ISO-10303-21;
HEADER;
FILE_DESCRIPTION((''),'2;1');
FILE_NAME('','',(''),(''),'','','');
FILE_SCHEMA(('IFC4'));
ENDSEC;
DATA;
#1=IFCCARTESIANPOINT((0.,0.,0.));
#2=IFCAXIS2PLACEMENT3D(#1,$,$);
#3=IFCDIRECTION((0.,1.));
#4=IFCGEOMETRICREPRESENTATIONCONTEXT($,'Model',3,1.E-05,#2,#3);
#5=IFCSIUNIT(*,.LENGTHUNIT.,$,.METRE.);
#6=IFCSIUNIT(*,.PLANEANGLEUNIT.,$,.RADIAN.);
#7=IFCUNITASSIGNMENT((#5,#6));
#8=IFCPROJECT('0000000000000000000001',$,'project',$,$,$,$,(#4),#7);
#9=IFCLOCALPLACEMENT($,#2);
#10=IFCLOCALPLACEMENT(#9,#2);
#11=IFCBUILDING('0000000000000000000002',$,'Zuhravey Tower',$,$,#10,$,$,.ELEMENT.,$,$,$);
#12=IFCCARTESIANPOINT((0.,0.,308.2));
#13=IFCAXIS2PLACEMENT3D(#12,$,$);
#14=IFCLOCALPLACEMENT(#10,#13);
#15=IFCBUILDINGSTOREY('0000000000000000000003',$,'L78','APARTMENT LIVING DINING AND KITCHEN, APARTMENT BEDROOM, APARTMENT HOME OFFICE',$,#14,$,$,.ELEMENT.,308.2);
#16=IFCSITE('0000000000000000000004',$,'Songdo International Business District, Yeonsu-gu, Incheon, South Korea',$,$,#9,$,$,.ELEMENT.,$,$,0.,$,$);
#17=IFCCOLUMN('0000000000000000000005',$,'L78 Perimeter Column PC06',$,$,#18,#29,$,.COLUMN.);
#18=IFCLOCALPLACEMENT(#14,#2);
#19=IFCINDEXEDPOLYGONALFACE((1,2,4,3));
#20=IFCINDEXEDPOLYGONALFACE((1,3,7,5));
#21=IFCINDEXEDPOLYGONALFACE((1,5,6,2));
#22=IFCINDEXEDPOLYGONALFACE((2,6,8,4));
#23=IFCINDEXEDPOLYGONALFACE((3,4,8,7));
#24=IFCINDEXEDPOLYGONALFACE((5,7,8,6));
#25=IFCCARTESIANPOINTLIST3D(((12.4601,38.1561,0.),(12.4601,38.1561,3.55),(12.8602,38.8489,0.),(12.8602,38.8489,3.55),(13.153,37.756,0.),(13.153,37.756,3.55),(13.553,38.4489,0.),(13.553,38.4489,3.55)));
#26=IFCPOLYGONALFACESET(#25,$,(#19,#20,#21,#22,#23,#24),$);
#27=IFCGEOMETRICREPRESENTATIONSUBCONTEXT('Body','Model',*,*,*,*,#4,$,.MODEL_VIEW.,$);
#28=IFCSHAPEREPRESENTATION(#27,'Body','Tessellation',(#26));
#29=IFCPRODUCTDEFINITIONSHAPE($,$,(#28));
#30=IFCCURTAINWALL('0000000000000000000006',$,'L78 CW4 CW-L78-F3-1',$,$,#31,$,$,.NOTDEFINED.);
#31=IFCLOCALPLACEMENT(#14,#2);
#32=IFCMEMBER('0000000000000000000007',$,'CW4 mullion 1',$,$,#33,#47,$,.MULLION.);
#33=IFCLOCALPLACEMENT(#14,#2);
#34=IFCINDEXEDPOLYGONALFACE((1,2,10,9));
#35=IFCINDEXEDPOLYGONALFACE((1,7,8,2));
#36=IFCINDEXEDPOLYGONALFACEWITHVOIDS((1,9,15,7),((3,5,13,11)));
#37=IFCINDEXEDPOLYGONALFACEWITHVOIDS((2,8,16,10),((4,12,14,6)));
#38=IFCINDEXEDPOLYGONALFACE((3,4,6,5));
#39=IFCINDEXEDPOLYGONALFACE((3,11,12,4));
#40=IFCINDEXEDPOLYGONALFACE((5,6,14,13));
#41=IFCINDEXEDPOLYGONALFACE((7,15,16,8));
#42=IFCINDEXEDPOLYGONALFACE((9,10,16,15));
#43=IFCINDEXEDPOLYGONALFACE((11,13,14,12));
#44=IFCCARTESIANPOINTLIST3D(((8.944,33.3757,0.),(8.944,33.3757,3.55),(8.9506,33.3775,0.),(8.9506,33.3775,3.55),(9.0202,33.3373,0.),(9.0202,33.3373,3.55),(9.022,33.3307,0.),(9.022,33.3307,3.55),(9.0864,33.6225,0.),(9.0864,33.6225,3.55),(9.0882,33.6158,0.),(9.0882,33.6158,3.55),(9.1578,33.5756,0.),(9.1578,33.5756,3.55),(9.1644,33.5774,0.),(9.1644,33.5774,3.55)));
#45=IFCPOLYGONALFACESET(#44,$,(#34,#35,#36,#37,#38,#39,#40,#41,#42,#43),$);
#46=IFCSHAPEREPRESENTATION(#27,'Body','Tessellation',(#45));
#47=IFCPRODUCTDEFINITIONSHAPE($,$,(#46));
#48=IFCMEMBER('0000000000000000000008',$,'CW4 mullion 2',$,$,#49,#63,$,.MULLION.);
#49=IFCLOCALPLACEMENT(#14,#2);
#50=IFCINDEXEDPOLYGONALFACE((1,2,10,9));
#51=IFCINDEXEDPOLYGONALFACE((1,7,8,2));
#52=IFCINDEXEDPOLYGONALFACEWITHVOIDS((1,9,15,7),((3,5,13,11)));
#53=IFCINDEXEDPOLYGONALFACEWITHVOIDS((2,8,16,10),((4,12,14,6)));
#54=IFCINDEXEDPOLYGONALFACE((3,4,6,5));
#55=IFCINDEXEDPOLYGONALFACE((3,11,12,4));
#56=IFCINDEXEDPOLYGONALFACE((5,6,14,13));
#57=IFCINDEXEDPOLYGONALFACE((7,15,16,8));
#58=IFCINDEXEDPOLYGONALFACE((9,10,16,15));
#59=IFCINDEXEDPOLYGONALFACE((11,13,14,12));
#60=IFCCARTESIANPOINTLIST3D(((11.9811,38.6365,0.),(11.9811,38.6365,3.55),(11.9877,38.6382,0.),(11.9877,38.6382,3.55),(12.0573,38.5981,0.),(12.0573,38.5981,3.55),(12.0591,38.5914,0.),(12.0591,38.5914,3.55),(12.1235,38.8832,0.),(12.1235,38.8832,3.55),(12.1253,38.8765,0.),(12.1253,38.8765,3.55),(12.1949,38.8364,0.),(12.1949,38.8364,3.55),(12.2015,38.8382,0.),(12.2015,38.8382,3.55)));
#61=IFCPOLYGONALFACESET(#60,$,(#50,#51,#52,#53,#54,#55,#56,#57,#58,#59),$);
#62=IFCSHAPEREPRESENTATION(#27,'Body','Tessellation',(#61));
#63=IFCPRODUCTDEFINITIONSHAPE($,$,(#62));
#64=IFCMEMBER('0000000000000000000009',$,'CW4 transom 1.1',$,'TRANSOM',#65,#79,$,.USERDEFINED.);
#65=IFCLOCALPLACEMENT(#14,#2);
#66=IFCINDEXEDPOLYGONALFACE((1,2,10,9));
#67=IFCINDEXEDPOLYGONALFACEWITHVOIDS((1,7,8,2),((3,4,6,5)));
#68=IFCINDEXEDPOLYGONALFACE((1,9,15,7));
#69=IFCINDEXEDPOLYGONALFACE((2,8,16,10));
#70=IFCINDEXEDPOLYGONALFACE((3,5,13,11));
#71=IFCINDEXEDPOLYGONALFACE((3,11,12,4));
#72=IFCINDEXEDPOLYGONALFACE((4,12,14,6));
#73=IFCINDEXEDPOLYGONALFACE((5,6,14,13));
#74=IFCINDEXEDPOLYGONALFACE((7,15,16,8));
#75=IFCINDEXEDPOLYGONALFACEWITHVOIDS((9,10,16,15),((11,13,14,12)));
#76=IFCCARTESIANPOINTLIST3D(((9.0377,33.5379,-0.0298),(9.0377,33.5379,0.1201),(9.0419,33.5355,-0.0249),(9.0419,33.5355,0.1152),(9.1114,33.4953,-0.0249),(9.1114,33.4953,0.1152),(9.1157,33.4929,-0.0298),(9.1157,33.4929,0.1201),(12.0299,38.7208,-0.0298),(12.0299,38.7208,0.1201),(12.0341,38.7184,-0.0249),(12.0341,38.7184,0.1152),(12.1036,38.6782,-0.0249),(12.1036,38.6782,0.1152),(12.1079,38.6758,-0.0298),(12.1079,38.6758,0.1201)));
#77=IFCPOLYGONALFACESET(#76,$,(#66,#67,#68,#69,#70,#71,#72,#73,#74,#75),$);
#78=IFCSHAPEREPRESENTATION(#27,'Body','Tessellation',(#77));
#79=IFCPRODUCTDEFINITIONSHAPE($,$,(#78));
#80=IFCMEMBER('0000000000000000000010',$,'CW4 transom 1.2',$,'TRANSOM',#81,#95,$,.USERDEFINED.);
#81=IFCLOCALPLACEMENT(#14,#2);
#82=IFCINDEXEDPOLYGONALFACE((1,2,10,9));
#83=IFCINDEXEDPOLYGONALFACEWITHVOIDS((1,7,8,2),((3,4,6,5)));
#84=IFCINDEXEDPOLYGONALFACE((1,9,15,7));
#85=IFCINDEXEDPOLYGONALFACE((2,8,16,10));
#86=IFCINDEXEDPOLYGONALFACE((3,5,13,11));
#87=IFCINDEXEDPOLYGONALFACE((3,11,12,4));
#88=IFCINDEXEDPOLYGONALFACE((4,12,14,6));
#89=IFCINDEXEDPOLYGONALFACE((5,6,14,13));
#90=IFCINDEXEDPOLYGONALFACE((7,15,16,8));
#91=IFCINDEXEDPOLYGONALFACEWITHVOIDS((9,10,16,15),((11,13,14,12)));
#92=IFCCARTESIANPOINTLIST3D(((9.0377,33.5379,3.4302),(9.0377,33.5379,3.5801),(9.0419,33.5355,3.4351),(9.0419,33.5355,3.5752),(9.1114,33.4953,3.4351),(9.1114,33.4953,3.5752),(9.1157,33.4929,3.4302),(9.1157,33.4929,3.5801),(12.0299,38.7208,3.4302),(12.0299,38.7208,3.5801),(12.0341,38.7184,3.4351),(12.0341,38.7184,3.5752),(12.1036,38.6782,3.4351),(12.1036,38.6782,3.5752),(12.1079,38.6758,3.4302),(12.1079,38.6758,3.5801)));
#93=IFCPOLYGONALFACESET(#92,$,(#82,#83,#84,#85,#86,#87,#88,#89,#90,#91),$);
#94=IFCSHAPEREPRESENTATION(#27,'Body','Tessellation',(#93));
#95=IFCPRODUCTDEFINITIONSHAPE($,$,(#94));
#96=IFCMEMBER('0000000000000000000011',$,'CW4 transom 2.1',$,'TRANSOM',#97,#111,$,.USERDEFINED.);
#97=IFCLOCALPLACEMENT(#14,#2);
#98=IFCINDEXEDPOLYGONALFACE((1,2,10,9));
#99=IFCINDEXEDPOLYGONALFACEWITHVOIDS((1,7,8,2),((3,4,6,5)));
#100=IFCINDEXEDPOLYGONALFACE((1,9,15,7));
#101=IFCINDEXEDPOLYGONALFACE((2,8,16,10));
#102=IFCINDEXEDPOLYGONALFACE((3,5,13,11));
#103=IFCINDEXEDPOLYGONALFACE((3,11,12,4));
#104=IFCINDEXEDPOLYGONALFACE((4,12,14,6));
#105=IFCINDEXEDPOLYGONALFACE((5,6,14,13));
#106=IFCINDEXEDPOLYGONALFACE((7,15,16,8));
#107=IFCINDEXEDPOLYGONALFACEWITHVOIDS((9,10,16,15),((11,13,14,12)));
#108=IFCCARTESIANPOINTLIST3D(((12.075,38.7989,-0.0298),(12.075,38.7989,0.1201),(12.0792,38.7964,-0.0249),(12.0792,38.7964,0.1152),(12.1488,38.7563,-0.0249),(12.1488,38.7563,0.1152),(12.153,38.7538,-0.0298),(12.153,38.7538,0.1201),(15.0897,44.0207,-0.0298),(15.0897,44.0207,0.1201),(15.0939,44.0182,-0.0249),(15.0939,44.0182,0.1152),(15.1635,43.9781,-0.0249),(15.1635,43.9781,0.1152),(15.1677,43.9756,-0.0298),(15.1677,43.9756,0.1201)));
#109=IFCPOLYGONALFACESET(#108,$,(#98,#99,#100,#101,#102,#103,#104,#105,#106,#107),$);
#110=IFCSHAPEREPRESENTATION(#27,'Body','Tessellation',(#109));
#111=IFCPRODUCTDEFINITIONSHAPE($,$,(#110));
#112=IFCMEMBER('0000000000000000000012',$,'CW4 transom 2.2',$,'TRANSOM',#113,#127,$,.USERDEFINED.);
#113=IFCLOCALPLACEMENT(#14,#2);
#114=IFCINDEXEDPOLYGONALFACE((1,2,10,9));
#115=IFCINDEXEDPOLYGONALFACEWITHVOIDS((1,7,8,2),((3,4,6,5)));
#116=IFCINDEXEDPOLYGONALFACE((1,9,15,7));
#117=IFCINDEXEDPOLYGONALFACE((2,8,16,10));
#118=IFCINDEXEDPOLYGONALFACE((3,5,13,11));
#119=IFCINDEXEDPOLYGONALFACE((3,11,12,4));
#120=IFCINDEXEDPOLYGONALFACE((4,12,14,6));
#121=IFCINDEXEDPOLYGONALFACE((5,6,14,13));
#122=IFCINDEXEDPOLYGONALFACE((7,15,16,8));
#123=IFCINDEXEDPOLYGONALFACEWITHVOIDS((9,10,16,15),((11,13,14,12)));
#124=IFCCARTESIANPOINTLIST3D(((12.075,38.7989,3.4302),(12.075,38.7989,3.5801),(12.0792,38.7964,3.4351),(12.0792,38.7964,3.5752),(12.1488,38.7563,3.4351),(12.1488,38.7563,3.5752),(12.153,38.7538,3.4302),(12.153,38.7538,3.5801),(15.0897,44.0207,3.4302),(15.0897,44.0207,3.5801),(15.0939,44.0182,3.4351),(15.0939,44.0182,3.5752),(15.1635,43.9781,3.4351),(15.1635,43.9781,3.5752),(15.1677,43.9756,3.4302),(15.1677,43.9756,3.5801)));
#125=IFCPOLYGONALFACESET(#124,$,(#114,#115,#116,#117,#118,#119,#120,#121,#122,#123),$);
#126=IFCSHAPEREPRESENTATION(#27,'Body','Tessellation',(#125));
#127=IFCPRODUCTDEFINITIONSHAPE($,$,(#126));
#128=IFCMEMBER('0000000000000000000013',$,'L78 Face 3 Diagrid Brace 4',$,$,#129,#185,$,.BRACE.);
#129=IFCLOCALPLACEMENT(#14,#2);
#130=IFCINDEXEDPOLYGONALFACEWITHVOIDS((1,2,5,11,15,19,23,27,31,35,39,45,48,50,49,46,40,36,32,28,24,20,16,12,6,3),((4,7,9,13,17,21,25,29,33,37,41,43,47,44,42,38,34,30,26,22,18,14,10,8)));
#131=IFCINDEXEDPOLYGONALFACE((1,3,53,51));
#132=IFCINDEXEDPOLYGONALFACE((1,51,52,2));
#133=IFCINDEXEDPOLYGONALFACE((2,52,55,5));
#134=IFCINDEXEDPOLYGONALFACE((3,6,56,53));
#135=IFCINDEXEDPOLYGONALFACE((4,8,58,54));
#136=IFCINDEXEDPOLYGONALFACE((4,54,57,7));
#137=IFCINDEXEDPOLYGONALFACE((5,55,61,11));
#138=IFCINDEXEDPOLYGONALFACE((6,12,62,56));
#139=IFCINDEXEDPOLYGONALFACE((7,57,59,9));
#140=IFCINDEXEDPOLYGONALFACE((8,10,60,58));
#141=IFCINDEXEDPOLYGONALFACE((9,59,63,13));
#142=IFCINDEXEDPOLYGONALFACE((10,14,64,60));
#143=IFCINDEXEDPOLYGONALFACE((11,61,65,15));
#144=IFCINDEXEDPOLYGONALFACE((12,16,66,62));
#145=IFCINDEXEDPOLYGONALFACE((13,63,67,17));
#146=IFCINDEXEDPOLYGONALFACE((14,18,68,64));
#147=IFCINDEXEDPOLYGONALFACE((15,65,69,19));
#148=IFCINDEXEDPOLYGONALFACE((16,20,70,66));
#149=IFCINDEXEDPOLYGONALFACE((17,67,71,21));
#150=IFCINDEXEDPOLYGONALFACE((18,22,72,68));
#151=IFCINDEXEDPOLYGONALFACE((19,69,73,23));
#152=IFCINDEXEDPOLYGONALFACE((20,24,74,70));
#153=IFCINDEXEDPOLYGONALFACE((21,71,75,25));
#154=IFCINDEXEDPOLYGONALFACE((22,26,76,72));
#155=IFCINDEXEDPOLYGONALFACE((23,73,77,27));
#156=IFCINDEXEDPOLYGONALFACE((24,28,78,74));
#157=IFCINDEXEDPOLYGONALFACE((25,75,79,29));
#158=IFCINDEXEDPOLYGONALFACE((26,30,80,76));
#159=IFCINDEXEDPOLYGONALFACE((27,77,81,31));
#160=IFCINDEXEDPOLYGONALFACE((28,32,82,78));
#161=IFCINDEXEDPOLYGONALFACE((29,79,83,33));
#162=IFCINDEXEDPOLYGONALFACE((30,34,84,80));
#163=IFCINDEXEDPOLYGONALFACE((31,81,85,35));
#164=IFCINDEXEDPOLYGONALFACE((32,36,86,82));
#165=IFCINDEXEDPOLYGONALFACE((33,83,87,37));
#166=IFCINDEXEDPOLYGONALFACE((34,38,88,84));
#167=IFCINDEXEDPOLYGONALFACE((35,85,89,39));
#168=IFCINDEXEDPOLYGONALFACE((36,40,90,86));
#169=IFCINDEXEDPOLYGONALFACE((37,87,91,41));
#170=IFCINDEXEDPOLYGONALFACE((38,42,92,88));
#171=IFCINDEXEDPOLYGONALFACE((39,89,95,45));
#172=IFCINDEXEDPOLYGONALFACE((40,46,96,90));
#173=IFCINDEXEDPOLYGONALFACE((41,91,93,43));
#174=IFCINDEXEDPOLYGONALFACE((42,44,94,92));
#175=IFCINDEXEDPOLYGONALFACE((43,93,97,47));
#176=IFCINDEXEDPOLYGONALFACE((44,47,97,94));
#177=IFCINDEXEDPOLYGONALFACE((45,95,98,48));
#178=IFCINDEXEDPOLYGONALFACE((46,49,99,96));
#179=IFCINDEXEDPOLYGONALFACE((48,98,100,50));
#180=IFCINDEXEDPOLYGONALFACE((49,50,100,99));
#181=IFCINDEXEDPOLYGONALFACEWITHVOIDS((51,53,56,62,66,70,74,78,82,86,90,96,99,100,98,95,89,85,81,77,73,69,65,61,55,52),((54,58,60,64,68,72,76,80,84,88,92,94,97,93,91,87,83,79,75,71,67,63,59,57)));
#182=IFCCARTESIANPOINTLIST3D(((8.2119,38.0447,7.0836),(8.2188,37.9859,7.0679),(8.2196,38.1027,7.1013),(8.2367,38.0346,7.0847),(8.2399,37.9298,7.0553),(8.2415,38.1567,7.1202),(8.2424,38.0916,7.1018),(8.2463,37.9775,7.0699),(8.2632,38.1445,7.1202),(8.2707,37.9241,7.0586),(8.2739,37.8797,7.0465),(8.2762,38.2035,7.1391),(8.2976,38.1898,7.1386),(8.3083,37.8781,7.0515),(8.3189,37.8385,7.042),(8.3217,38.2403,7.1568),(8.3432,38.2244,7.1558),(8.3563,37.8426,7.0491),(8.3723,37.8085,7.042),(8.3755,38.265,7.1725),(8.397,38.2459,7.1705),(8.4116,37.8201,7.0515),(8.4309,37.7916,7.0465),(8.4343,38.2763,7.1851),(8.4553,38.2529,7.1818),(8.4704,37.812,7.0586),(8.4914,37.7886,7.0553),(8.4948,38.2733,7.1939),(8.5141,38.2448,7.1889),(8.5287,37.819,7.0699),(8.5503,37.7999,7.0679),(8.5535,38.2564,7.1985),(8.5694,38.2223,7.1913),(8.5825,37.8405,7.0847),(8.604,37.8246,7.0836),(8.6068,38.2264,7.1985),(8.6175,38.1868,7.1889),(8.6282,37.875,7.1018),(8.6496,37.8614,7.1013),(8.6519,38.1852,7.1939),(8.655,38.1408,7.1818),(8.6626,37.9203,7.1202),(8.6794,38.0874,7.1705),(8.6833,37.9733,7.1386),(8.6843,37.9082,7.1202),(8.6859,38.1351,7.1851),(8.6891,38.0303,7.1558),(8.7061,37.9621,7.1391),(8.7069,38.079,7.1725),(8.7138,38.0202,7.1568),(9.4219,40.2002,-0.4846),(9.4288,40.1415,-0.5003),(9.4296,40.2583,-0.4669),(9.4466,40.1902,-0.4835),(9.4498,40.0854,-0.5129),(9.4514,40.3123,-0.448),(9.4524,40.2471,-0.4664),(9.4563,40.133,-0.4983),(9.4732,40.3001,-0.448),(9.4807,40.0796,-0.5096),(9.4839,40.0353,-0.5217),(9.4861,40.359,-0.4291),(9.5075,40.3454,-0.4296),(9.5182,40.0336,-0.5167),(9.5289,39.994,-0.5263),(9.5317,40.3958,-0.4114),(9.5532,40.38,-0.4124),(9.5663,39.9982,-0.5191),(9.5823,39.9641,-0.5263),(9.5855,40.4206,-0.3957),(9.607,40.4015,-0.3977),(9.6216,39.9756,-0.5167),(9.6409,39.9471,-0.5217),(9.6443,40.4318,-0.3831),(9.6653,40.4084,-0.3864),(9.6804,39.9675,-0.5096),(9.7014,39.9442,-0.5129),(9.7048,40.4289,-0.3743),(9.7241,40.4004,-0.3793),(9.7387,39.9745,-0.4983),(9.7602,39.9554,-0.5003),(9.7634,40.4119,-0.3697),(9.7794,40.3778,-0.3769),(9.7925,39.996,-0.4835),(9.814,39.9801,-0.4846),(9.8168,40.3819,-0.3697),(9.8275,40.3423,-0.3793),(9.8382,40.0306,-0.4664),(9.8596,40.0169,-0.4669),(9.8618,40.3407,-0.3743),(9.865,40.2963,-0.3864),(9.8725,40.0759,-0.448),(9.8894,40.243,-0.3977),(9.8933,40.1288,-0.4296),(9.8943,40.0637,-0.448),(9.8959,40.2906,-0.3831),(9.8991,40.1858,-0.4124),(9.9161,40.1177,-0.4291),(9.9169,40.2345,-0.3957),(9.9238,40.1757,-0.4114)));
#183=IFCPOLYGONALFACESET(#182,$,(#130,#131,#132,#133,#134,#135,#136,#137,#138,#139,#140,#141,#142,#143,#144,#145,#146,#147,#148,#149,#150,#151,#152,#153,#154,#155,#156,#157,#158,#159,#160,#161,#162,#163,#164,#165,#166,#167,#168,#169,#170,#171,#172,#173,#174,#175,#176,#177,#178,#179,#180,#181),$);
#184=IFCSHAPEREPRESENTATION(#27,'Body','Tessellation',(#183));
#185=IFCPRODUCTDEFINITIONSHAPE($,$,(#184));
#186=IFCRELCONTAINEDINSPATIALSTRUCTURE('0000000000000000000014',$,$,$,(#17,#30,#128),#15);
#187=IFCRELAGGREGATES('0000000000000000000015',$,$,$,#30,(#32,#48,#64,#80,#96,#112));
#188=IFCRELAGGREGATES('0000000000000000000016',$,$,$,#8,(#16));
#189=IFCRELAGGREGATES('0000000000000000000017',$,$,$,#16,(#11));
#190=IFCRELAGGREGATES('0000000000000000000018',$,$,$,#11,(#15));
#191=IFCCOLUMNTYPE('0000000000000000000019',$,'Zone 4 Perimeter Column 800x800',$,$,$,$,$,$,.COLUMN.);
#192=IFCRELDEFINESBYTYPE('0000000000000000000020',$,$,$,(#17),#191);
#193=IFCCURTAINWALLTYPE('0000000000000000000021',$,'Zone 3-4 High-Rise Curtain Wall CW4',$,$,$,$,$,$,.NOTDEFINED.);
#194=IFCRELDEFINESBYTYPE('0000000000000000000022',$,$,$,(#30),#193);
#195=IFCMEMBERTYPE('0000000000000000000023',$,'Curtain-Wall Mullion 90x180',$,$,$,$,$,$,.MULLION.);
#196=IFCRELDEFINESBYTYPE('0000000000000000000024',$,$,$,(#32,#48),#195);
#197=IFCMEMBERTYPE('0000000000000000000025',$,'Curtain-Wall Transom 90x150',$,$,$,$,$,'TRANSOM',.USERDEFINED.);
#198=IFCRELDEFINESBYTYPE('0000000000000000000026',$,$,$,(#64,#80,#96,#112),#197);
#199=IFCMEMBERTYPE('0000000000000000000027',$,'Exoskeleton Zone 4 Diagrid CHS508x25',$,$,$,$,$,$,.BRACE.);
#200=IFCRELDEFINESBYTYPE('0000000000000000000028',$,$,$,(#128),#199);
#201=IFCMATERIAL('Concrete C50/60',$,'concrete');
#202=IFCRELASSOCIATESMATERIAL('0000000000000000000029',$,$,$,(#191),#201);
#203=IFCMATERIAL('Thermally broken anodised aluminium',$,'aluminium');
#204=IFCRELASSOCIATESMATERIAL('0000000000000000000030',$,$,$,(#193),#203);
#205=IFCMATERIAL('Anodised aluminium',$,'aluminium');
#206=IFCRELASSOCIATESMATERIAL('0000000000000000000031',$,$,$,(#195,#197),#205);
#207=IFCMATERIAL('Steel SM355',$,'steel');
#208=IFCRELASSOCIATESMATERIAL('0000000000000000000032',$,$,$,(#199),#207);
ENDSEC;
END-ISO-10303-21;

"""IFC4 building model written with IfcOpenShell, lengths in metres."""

from ifc_helpers import new_model, si_unit, direction, frame, origin, origin_2d, place, context, subcontext, project, spatial, rectangle, hollow_rectangle, hollow_circle, extrude, material, material_profile, profile_set, type_object, element, aggregate, save


model = new_model("IFC4")

# Units and contexts
model_context = context("Model", 3, precision=1e-05, world=origin(), true_north=direction((0.0, 1.0)))
body_context = subcontext(model_context, "Body", "Model", "MODEL_VIEW")
ifc_project = project(units=[si_unit("LENGTHUNIT", "METRE"), si_unit("PLANEANGLEUNIT", "RADIAN")], contexts=[model_context])

# Site, building, storey
site_placement = place(None, origin())
site = spatial("IfcSite", under=ifc_project, at=site_placement, Name="Songdo International Business District, Yeonsu-gu, Incheon, South Korea", CompositionType="ELEMENT", RefElevation=0.0)
building_placement = place(site_placement, origin())
building = spatial("IfcBuilding", under=site, at=building_placement, Name="Zuhravey Tower", CompositionType="ELEMENT")
storey_placement = place(building_placement, frame((0.0, 0.0, 308.2)))
storey = spatial("IfcBuildingStorey", under=building, at=storey_placement, Name="L78", Description="APARTMENT LIVING DINING AND KITCHEN, APARTMENT BEDROOM, APARTMENT HOME OFFICE", CompositionType="ELEMENT", Elevation=308.2)

# Column
ifc_material_1 = material(Name="Concrete C50/60", Category="concrete")
ifc_material_profile_1 = material_profile(ifc_material_1, rectangle(XDim=0.8, YDim=0.8, at=origin_2d()), Name="RC-800x800")
ifc_profile_set_1 = profile_set([ifc_material_profile_1], Name="Concrete C50/60")
column_type = type_object("IfcColumnType", Name="Zone 4 Perimeter Column 800x800", PredefinedType="COLUMN", material=ifc_profile_set_1)
column_placement = place(storey_placement, frame((13.0066, 38.3025, 0.0), z_axis=(0.0, 0.0, 1.0), x_axis=(-0.5, -0.866025, 0.0)))
element("IfcColumn", 1, at=column_placement, inside=storey, type_object=column_type, Name="L78 Perimeter Column PC06", PredefinedType="COLUMN", context=body_context, shape_type="SweptSolid", body=[
    extrude(rectangle(XDim=0.8, YDim=0.8, at=origin_2d()), origin(), (0.0, 0.0, 1.0), 3.55),
])

# Curtain wall, members
ifc_material_2 = material(Name="Thermally broken anodised aluminium", Category="aluminium")
curtain_wall_type = type_object("IfcCurtainWallType", Name="Zone 3-4 High-Rise Curtain Wall CW4", PredefinedType="NOTDEFINED", material=ifc_material_2)
curtain_wall_placement = place(storey_placement, origin())
curtain_wall = element("IfcCurtainWall", 2, at=curtain_wall_placement, inside=storey, type_object=curtain_wall_type, Name="L78 CW4 CW-L78-F3-1", PredefinedType="NOTDEFINED")
ifc_material_3 = material(Name="Anodised aluminium", Category="aluminium")
ifc_material_profile_2 = material_profile(ifc_material_3, hollow_rectangle(XDim=0.0901, YDim=0.2849, WallThickness=0.0049, at=origin_2d()), Name="ALU-RHS-90x285x5")
ifc_profile_set_2 = profile_set([ifc_material_profile_2], Name="Anodised aluminium")
member_type_1 = type_object("IfcMemberType", Name="Curtain-Wall Mullion 90x180", PredefinedType="MULLION", material=ifc_profile_set_2)
member_1_placement = place(storey_placement, frame((9.0542, 33.4766, 0.0), z_axis=(0.0, 0.0, 1.0), x_axis=(-0.866026, 0.5, 0.0)))
member_1 = element("IfcMember", 3, at=member_1_placement, type_object=member_type_1, Name="CW4 mullion 1", PredefinedType="MULLION", context=body_context, shape_type="SweptSolid", body=[
    extrude(hollow_rectangle(XDim=0.0901, YDim=0.2849, WallThickness=0.0049, at=origin_2d()), origin(), (0.0, 0.0, 1.0), 3.55),
])
member_2_placement = place(storey_placement, frame((12.0913, 38.7373, 0.0), z_axis=(0.0, 0.0, 1.0), x_axis=(-0.866026, 0.5, 0.0)))
member_2 = element("IfcMember", 4, at=member_2_placement, type_object=member_type_1, Name="CW4 mullion 2", PredefinedType="MULLION", context=body_context, shape_type="SweptSolid", body=[
    extrude(hollow_rectangle(XDim=0.0901, YDim=0.2849, WallThickness=0.0049, at=origin_2d()), origin(), (0.0, 0.0, 1.0), 3.55),
])
ifc_material_profile_3 = material_profile(ifc_material_3, hollow_rectangle(XDim=0.0901, YDim=0.1499, WallThickness=0.0049, at=origin_2d()), Name="ALU-RHS-90x150x5")
ifc_profile_set_3 = profile_set([ifc_material_profile_3], Name="Anodised aluminium")
member_type_2 = type_object("IfcMemberType", Name="Curtain-Wall Transom 90x150", ElementType="TRANSOM", PredefinedType="USERDEFINED", material=ifc_profile_set_3)
member_3_placement = place(storey_placement, frame((9.0767, 33.5154, 0.0452), z_axis=(0.499983, 0.866035, 0.0), x_axis=(-0.866035, 0.499983, 0.0)))
member_3 = element("IfcMember", 5, at=member_3_placement, type_object=member_type_2, Name="CW4 transom 1.1", ObjectType="TRANSOM", PredefinedType="USERDEFINED", context=body_context, shape_type="SweptSolid", body=[
    extrude(hollow_rectangle(XDim=0.0901, YDim=0.1499, WallThickness=0.0049, at=origin_2d()), origin(), (0.0, 0.0, 1.0), 5.9846),
])
member_4_placement = place(storey_placement, frame((9.0767, 33.5154, 3.5051), z_axis=(0.499983, 0.866035, 0.0), x_axis=(-0.866035, 0.499983, 0.0)))
member_4 = element("IfcMember", 6, at=member_4_placement, type_object=member_type_2, Name="CW4 transom 1.2", ObjectType="TRANSOM", PredefinedType="USERDEFINED", context=body_context, shape_type="SweptSolid", body=[
    extrude(hollow_rectangle(XDim=0.0901, YDim=0.1499, WallThickness=0.0049, at=origin_2d()), origin(), (0.0, 0.0, 1.0), 5.9846),
])
member_5_placement = place(storey_placement, frame((12.114, 38.7764, 0.0452), z_axis=(0.499989, 0.866032, 0.0), x_axis=(-0.866032, 0.499989, 0.0)))
member_5 = element("IfcMember", 7, at=member_5_placement, type_object=member_type_2, Name="CW4 transom 2.1", ObjectType="TRANSOM", PredefinedType="USERDEFINED", context=body_context, shape_type="SweptSolid", body=[
    extrude(hollow_rectangle(XDim=0.0901, YDim=0.1499, WallThickness=0.0049, at=origin_2d()), origin(), (0.0, 0.0, 1.0), 6.0295),
])
member_6_placement = place(storey_placement, frame((12.114, 38.7764, 3.5051), z_axis=(0.499989, 0.866032, 0.0), x_axis=(-0.866032, 0.499989, 0.0)))
member_6 = element("IfcMember", 8, at=member_6_placement, type_object=member_type_2, Name="CW4 transom 2.2", ObjectType="TRANSOM", PredefinedType="USERDEFINED", context=body_context, shape_type="SweptSolid", body=[
    extrude(hollow_rectangle(XDim=0.0901, YDim=0.1499, WallThickness=0.0049, at=origin_2d()), origin(), (0.0, 0.0, 1.0), 6.0295),
])

# Member
ifc_material_4 = material(Name="Steel SM355", Category="steel")
ifc_material_profile_4 = material_profile(ifc_material_4, hollow_circle(Radius=0.2539, WallThickness=0.0249, at=origin_2d()), Name="CHS-508.0x25")
ifc_profile_set_4 = profile_set([ifc_material_profile_4], Name="Steel SM355")
member_type_3 = type_object("IfcMemberType", Name="Exoskeleton Zone 4 Diagrid CHS508x25", PredefinedType="BRACE", material=ifc_profile_set_4)
member_7_placement = place(storey_placement, frame((9.6729, 40.188, -0.448), z_axis=(-0.151975, -0.27074, 0.950581), x_axis=(0.87201, -0.489487, 0.0)))
element("IfcMember", 9, at=member_7_placement, inside=storey, type_object=member_type_3, Name="L78 Face 3 Diagrid Brace 4", PredefinedType="BRACE", context=body_context, shape_type="SweptSolid", body=[
    extrude(hollow_circle(Radius=0.2539, WallThickness=0.0249, at=origin_2d()), origin(), (0.0, 0.0, 1.0), 7.9617),
])

aggregate(curtain_wall, [member_1, member_2, member_3, member_4, member_5, member_6])

save(model, "model.ifc")
